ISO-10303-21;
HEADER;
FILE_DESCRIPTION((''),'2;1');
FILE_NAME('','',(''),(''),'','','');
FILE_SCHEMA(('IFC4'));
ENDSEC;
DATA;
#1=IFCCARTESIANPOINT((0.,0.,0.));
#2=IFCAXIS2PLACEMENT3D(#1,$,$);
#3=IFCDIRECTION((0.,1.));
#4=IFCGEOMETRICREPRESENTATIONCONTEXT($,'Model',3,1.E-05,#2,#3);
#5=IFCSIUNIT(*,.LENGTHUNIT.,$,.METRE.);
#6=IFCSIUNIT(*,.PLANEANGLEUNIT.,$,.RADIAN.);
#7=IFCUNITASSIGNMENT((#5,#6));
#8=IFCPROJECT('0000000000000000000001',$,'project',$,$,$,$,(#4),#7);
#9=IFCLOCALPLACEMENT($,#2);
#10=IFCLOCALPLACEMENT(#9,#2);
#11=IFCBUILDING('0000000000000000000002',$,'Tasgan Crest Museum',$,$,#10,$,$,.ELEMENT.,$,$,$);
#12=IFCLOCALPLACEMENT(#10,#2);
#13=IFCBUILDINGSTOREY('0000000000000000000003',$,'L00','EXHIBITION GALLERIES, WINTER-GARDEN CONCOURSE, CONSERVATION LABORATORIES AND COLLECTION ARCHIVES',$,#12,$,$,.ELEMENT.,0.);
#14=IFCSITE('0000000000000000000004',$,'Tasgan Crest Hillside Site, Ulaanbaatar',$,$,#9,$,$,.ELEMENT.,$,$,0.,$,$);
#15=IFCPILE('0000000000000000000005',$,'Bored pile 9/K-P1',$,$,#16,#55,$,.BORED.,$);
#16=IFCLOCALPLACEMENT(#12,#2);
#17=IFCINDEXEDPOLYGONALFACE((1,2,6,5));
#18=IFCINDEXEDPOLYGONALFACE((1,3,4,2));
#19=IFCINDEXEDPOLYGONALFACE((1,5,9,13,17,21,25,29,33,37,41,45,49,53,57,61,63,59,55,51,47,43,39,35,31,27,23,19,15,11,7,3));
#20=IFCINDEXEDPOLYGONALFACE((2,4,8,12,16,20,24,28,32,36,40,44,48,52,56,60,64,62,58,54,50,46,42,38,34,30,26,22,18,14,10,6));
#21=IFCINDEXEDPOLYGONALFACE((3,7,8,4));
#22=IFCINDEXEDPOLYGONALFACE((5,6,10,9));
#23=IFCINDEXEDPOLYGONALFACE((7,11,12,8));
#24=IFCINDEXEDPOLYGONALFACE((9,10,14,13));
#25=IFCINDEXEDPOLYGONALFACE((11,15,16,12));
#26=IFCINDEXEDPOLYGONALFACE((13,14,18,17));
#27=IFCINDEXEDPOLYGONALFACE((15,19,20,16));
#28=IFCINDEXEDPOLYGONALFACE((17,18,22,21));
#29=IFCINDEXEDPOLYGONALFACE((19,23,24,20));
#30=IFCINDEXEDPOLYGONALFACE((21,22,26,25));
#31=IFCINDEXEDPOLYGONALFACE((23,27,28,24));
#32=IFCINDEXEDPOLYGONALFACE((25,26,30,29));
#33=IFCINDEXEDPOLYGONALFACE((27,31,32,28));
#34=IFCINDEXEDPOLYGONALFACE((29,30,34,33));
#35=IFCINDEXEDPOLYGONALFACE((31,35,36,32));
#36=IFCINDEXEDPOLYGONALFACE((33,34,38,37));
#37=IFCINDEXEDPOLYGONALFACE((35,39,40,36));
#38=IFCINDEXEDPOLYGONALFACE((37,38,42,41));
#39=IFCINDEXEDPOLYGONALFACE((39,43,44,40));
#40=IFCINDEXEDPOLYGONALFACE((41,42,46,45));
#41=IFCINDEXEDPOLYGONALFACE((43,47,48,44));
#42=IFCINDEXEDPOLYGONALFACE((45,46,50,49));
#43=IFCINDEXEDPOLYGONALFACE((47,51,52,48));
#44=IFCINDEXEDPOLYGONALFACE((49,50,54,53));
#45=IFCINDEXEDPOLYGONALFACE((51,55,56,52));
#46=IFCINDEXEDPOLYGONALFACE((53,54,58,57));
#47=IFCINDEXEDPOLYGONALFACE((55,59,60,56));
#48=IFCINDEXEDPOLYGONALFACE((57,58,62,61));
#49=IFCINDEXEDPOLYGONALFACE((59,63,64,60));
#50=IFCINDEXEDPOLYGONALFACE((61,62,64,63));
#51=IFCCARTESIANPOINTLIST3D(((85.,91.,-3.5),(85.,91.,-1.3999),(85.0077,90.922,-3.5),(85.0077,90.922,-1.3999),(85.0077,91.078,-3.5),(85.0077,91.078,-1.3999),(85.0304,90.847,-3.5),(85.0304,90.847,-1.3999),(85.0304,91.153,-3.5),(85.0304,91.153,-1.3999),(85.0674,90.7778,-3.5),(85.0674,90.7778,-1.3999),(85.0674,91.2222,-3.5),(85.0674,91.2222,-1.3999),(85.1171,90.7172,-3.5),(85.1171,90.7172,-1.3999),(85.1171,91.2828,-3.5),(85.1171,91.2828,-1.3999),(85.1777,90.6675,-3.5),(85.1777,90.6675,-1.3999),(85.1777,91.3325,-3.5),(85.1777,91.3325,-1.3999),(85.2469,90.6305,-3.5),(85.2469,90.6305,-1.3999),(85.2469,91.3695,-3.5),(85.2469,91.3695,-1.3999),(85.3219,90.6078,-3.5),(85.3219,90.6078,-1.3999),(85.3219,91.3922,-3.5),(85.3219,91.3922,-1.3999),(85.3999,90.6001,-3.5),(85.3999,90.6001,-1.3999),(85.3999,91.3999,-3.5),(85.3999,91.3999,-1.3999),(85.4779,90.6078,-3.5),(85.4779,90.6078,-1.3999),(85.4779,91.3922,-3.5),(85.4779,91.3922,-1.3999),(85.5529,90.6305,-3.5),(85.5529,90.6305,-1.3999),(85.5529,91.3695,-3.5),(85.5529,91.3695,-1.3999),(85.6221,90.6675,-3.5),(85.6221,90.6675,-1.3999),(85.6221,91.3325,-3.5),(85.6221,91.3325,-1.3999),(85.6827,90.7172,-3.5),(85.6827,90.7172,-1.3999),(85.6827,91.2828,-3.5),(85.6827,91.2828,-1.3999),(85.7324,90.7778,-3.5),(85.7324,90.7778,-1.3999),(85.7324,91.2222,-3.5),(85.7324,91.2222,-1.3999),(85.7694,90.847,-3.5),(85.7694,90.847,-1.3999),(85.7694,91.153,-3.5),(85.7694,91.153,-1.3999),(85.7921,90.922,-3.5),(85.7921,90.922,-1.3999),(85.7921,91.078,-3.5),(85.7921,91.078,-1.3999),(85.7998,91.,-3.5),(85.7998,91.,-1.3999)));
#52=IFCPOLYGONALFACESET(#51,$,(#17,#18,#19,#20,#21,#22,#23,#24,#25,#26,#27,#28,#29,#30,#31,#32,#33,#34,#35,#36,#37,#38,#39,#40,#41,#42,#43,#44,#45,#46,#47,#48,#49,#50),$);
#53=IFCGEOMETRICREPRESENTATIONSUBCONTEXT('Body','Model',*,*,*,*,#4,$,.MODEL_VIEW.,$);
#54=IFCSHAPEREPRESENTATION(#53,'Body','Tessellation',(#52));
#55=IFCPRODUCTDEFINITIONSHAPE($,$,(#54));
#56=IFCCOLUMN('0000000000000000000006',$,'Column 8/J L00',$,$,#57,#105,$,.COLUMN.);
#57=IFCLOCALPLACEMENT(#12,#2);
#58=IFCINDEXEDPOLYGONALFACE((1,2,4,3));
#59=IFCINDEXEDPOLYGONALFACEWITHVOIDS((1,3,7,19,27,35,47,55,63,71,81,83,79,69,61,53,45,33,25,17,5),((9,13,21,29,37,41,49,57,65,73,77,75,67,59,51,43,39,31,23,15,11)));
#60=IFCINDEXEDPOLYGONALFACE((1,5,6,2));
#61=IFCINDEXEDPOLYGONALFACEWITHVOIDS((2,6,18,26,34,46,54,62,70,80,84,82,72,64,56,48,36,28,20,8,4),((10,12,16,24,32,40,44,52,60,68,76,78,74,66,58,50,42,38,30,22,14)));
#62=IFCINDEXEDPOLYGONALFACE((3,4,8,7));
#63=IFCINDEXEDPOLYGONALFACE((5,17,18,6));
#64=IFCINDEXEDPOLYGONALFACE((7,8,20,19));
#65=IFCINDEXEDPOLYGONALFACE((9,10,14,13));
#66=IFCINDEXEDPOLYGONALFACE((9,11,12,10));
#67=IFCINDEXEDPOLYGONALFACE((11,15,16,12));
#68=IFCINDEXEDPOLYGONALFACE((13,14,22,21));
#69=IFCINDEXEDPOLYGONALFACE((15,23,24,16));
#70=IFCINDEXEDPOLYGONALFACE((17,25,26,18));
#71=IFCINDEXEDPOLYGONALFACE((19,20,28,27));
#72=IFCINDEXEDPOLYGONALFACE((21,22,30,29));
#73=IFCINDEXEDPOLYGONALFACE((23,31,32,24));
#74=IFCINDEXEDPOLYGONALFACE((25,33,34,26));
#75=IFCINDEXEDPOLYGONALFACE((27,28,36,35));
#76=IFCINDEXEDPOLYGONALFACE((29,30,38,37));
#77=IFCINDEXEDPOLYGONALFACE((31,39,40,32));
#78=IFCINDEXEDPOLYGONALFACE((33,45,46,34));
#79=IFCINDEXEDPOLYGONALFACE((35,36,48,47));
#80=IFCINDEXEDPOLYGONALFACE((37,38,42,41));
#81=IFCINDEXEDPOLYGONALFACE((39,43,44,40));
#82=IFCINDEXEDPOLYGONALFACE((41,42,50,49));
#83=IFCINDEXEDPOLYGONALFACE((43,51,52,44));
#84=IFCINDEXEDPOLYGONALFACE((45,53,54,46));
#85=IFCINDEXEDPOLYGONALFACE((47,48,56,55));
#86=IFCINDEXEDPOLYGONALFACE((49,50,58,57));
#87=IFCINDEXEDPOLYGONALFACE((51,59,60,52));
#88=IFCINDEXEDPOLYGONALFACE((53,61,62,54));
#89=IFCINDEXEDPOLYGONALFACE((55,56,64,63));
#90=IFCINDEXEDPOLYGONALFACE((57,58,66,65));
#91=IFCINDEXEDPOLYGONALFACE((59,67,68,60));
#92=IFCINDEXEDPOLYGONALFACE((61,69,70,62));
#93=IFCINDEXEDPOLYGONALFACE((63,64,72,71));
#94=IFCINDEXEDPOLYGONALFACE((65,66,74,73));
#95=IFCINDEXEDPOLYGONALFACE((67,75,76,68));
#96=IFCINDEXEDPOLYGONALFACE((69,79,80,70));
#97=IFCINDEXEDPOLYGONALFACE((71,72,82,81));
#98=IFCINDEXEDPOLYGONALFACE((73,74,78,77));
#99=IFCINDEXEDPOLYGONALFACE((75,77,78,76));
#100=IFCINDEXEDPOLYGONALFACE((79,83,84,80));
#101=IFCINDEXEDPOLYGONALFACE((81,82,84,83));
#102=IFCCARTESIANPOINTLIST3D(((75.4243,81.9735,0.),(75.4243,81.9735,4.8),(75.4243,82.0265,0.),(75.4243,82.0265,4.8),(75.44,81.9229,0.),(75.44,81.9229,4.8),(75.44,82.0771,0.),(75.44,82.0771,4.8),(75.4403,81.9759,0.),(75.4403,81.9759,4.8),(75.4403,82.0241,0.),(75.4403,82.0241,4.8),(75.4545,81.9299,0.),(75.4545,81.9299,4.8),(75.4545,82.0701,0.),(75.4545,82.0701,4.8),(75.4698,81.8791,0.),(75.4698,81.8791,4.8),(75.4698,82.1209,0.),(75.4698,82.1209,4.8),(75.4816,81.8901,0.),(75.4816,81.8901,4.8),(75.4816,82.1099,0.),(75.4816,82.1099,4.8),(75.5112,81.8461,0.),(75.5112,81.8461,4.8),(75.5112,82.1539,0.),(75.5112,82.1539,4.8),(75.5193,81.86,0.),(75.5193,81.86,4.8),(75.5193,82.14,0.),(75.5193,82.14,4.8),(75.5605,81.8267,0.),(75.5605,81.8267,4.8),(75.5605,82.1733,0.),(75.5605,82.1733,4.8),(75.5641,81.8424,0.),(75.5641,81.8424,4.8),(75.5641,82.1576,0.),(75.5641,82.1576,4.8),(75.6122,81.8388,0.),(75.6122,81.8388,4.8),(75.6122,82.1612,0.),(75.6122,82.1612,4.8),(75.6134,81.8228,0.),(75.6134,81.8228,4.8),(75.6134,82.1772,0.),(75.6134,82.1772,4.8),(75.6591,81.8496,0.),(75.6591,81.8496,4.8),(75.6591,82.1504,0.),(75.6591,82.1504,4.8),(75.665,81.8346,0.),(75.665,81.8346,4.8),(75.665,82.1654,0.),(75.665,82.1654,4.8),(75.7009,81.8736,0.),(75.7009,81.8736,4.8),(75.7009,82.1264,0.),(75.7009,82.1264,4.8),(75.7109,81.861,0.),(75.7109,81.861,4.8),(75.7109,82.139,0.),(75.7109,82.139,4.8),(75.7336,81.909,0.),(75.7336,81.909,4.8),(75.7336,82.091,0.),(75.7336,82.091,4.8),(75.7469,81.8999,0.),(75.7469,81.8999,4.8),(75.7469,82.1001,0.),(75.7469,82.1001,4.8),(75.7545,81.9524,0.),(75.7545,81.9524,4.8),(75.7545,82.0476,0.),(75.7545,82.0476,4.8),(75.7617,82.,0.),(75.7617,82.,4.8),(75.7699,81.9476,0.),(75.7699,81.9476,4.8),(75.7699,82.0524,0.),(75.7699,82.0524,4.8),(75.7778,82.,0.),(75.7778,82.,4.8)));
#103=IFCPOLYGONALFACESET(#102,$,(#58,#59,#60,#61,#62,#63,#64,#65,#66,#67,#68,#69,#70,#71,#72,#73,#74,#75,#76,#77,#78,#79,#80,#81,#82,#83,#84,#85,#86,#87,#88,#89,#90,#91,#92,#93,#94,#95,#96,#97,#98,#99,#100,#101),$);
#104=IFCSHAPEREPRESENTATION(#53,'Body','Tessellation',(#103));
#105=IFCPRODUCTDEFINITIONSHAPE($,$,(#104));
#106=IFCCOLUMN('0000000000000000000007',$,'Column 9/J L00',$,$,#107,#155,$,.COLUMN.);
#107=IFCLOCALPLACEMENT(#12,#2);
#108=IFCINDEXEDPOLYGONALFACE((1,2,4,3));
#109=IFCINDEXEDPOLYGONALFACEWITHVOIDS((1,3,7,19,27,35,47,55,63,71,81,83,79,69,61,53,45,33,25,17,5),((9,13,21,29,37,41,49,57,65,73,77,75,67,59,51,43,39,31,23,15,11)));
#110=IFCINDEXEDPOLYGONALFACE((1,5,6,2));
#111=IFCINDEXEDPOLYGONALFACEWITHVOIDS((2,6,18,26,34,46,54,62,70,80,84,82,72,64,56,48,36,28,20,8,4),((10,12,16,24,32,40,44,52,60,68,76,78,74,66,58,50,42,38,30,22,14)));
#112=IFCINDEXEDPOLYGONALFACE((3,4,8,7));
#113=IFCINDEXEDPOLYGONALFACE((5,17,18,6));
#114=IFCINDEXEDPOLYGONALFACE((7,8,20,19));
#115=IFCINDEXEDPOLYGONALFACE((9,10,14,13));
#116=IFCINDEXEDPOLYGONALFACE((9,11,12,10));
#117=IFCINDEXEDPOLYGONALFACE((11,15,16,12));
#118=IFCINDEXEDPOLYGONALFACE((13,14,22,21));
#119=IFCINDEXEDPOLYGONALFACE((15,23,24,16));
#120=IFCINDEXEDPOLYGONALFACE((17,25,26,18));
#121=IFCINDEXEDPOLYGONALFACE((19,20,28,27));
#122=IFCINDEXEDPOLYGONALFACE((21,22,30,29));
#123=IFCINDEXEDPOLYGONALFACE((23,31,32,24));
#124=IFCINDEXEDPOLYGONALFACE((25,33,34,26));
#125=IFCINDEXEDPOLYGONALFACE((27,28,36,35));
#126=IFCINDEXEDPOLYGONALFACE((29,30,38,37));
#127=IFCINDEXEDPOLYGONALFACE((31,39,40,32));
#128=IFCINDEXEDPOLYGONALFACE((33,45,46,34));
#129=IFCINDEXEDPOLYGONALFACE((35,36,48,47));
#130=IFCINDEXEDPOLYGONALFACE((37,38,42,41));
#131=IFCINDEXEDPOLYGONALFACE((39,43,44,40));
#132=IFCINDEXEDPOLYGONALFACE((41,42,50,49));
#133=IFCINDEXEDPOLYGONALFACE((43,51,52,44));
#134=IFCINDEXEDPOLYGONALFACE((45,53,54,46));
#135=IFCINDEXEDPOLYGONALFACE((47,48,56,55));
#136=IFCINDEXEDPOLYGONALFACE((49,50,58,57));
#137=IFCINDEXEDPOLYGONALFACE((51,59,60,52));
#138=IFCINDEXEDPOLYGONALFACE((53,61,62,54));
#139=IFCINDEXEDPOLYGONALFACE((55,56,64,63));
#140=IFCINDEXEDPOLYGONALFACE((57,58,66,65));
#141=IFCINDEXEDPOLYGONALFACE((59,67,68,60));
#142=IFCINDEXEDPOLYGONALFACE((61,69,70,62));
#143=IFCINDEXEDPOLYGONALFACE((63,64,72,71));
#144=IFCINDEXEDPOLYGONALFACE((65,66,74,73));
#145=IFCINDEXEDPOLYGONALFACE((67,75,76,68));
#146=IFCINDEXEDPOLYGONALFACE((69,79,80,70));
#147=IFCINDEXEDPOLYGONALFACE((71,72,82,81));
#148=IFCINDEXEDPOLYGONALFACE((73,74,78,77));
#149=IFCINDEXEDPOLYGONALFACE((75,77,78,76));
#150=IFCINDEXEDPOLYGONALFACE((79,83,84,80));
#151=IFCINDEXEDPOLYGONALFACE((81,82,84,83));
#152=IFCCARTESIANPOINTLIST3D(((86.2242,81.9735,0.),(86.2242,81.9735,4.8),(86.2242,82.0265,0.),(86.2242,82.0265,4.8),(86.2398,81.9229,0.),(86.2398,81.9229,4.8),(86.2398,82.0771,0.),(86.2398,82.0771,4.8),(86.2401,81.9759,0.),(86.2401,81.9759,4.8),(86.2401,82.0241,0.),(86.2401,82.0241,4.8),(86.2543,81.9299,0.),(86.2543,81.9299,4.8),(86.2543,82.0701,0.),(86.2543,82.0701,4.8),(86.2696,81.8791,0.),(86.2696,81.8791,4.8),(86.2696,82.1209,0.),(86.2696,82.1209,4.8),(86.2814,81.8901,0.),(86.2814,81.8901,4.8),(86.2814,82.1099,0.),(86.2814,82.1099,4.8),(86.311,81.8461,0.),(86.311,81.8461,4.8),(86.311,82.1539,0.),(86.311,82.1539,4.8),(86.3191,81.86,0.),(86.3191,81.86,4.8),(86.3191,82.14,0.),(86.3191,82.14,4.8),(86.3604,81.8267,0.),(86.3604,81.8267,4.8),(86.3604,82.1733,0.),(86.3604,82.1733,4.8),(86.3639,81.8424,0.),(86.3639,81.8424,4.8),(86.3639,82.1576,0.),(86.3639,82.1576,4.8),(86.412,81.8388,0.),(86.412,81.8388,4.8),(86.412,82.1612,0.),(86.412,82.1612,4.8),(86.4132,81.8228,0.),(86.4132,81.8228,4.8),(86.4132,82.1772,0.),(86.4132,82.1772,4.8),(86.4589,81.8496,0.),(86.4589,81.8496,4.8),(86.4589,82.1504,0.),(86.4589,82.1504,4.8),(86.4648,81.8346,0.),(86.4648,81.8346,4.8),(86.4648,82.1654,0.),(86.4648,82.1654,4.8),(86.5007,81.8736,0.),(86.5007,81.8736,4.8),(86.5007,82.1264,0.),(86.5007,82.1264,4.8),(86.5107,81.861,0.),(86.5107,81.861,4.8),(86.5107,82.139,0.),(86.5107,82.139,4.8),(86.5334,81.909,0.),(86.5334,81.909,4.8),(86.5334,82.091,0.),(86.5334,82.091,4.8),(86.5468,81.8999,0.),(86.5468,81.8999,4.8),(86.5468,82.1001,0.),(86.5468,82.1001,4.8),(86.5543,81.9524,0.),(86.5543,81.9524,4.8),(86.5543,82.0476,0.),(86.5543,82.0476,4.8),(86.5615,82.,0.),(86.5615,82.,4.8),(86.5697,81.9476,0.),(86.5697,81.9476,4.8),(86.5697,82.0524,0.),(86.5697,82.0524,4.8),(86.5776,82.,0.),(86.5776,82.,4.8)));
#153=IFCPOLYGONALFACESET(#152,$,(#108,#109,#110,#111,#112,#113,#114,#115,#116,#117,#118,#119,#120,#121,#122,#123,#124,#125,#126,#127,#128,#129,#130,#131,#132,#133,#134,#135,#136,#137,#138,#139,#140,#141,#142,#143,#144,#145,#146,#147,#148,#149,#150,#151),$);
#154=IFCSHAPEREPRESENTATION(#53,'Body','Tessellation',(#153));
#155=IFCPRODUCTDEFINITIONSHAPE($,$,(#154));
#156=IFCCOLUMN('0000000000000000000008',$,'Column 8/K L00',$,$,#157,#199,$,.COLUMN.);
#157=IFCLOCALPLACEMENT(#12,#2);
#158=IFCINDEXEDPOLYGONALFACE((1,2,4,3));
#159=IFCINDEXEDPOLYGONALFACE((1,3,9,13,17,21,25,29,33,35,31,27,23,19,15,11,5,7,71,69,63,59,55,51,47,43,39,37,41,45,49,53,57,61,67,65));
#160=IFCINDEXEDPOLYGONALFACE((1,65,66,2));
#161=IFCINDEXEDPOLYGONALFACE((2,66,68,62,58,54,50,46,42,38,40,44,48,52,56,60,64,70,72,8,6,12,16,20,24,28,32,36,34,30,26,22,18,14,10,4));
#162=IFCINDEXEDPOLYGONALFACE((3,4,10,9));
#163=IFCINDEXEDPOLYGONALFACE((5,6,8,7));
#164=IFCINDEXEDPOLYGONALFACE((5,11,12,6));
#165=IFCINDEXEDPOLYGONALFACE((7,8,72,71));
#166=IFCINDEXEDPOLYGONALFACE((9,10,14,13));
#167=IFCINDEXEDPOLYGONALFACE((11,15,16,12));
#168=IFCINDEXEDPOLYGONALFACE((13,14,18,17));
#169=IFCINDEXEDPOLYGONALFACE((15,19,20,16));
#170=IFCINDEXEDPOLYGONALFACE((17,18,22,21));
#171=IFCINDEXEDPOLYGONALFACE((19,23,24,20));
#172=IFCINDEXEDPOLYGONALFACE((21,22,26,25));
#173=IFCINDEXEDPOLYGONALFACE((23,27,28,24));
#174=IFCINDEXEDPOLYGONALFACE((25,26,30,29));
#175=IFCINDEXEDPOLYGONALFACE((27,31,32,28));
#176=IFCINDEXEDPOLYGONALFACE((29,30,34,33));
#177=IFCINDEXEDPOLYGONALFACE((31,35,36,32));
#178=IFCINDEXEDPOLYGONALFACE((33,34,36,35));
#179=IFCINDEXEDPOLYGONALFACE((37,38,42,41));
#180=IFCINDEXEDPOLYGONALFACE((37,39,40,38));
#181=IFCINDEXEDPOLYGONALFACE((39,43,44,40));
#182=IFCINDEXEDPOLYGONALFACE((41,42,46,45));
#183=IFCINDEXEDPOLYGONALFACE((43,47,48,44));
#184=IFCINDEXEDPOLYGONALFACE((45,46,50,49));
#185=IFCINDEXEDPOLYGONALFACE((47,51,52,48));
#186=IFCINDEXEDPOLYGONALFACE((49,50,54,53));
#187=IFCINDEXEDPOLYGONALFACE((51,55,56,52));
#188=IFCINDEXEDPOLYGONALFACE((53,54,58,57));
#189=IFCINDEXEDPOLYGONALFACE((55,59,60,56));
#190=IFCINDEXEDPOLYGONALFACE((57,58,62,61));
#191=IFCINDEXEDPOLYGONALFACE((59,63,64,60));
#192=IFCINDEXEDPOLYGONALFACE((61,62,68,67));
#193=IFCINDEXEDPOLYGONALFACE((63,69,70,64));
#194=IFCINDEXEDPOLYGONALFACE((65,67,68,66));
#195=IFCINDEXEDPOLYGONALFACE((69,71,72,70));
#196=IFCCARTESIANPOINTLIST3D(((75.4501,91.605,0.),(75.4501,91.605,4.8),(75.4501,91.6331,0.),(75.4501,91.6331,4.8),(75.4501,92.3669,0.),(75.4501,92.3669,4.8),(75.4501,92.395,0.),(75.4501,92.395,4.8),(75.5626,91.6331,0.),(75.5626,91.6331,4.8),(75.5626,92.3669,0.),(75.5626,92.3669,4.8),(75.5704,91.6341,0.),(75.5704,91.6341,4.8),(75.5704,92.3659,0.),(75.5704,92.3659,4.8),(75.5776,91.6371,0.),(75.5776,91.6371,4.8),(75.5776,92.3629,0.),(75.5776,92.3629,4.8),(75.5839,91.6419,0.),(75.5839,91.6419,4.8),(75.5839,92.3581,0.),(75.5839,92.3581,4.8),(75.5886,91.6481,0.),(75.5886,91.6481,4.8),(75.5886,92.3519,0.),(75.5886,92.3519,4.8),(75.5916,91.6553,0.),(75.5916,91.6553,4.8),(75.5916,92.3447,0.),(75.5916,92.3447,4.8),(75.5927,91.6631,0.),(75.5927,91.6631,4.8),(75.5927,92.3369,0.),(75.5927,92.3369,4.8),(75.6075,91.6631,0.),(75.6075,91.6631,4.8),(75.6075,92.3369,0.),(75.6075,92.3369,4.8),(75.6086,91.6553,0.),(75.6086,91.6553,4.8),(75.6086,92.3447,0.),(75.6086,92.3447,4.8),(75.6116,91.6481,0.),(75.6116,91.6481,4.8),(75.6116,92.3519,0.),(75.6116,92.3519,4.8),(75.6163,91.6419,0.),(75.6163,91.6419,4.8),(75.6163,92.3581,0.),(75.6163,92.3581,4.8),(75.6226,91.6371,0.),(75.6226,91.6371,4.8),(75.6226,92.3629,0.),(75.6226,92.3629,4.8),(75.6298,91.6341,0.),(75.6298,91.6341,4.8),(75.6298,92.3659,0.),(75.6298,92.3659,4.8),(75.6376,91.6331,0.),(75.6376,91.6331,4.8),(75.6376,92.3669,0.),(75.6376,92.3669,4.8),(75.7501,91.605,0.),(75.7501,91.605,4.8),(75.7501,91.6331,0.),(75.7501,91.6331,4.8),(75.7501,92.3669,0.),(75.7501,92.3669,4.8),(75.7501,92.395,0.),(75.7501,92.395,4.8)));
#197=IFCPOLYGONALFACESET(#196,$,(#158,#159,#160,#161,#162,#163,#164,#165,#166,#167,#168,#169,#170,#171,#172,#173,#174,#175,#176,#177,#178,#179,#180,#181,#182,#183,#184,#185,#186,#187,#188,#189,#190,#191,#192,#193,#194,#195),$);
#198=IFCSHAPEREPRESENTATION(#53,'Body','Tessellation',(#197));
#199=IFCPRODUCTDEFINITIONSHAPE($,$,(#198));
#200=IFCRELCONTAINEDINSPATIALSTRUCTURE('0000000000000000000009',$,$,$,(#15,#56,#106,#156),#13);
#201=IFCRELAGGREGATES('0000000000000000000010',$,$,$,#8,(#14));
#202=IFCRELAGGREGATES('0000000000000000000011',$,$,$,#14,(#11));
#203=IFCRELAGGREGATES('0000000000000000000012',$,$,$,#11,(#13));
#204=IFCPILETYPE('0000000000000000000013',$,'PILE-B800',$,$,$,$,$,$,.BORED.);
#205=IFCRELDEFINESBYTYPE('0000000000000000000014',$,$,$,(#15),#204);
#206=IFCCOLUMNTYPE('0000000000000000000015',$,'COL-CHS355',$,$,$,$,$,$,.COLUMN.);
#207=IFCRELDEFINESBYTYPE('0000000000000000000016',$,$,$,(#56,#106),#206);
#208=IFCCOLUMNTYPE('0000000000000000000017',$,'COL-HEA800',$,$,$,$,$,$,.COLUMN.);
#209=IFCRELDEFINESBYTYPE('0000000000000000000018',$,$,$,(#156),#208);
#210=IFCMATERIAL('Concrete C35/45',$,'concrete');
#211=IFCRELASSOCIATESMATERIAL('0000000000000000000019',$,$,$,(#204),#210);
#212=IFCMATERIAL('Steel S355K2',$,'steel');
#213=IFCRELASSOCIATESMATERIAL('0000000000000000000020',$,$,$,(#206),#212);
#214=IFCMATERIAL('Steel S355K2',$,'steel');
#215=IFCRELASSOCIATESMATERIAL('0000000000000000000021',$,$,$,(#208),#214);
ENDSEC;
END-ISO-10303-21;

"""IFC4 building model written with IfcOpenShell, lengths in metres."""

from ifc_helpers import new_model, si_unit, direction, frame, origin, origin_2d, place, context, subcontext, project, spatial, circle, hollow_circle, i_section, extrude, material, material_profile, profile_set, type_object, element, save


model = new_model("IFC4")

# Units and contexts
model_context = context("Model", 3, precision=1e-05, world=origin(), true_north=direction((0.0, 1.0)))
body_context = subcontext(model_context, "Body", "Model", "MODEL_VIEW")
ifc_project = project(units=[si_unit("LENGTHUNIT", "METRE"), si_unit("PLANEANGLEUNIT", "RADIAN")], contexts=[model_context])

# Site, building, storey
site_placement = place(None, origin())
site = spatial("IfcSite", under=ifc_project, at=site_placement, Name="Tasgan Crest Hillside Site, Ulaanbaatar", CompositionType="ELEMENT", RefElevation=0.0)
building_placement = place(site_placement, origin())
building = spatial("IfcBuilding", under=site, at=building_placement, Name="Tasgan Crest Museum", CompositionType="ELEMENT")
storey_placement = place(building_placement, origin())
storey = spatial("IfcBuildingStorey", under=building, at=storey_placement, Name="L00", Description="EXHIBITION GALLERIES, WINTER-GARDEN CONCOURSE, CONSERVATION LABORATORIES AND COLLECTION ARCHIVES", CompositionType="ELEMENT", Elevation=0.0)

# Pile
ifc_material_1 = material(Name="Concrete C35/45", Category="concrete")
ifc_material_profile_1 = material_profile(ifc_material_1, circle(Radius=0.3999, at=origin_2d()), Name="PILE D800")
ifc_profile_set_1 = profile_set([ifc_material_profile_1], Name="Concrete C35/45")
pile_type = type_object("IfcPileType", Name="PILE-B800", PredefinedType="BORED", material=ifc_profile_set_1)
for number, where, z_axis, x_axis, name in (
    (1, (85.3999, 91.0, -1.3999), (0.0, 0.0, -1.0), (1.0, 0.0, 0.0), "Bored pile 9/K-P1"),
):
    element("IfcPile", number, at=place(storey_placement, frame(where, z_axis=z_axis, x_axis=x_axis)), inside=storey, type_object=pile_type, Name=name, PredefinedType="BORED", context=body_context, shape_type="SweptSolid", body=[
        extrude(circle(Radius=0.3999, at=origin_2d()), origin(), (0.0, 0.0, 1.0), 2.1001),
    ])

# Columns
ifc_material_2 = material(Name="Steel S355K2", Category="steel")
ifc_material_profile_2 = material_profile(ifc_material_2, hollow_circle(Radius=0.1777, WallThickness=0.0161, at=origin_2d()), Name="CHS 355.6x16")
ifc_profile_set_2 = profile_set([ifc_material_profile_2], Name="Steel S355K2")
column_type_1 = type_object("IfcColumnType", Name="COL-CHS355", PredefinedType="COLUMN", material=ifc_profile_set_2)
for number, where, z_axis, x_axis, name in (
    (2, (75.6001, 82.0, 0.0), (0.0, 0.0, 1.0), (1.0, 0.0, 0.0), "Column 8/J L00"),
    (3, (86.3999, 82.0, 0.0), (0.0, 0.0, 1.0), (1.0, 0.0, 0.0), "Column 9/J L00"),
):
    element("IfcColumn", number, at=place(storey_placement, frame(where, z_axis=z_axis, x_axis=x_axis)), inside=storey, type_object=column_type_1, Name=name, PredefinedType="COLUMN", context=body_context, shape_type="SweptSolid", body=[
        extrude(hollow_circle(Radius=0.1777, WallThickness=0.0161, at=origin_2d()), origin(), (0.0, 0.0, 1.0), 4.8),
    ])
ifc_material_3 = material(Name="Steel S355K2", Category="steel")
ifc_material_profile_3 = material_profile(ifc_material_3, i_section(OverallWidth=0.3, OverallDepth=0.79, WebThickness=0.0149, FlangeThickness=0.0281, FilletRadius=0.03, at=origin_2d()), Name="HEA 800")
ifc_profile_set_3 = profile_set([ifc_material_profile_3], Name="Steel S355K2")
column_type_2 = type_object("IfcColumnType", Name="COL-HEA800", PredefinedType="COLUMN", material=ifc_profile_set_3)
column_placement = place(storey_placement, frame((75.6001, 92.0, 0.0), z_axis=(0.0, 0.0, 1.0), x_axis=(1.0, 0.0, 0.0)))
element("IfcColumn", 4, at=column_placement, inside=storey, type_object=column_type_2, Name="Column 8/K L00", PredefinedType="COLUMN", context=body_context, shape_type="SweptSolid", body=[
    extrude(i_section(OverallWidth=0.3, OverallDepth=0.79, WebThickness=0.0149, FlangeThickness=0.0281, FilletRadius=0.03, at=origin_2d()), origin(), (0.0, 0.0, 1.0), 4.8),
])

save(model, "model.ifc")
